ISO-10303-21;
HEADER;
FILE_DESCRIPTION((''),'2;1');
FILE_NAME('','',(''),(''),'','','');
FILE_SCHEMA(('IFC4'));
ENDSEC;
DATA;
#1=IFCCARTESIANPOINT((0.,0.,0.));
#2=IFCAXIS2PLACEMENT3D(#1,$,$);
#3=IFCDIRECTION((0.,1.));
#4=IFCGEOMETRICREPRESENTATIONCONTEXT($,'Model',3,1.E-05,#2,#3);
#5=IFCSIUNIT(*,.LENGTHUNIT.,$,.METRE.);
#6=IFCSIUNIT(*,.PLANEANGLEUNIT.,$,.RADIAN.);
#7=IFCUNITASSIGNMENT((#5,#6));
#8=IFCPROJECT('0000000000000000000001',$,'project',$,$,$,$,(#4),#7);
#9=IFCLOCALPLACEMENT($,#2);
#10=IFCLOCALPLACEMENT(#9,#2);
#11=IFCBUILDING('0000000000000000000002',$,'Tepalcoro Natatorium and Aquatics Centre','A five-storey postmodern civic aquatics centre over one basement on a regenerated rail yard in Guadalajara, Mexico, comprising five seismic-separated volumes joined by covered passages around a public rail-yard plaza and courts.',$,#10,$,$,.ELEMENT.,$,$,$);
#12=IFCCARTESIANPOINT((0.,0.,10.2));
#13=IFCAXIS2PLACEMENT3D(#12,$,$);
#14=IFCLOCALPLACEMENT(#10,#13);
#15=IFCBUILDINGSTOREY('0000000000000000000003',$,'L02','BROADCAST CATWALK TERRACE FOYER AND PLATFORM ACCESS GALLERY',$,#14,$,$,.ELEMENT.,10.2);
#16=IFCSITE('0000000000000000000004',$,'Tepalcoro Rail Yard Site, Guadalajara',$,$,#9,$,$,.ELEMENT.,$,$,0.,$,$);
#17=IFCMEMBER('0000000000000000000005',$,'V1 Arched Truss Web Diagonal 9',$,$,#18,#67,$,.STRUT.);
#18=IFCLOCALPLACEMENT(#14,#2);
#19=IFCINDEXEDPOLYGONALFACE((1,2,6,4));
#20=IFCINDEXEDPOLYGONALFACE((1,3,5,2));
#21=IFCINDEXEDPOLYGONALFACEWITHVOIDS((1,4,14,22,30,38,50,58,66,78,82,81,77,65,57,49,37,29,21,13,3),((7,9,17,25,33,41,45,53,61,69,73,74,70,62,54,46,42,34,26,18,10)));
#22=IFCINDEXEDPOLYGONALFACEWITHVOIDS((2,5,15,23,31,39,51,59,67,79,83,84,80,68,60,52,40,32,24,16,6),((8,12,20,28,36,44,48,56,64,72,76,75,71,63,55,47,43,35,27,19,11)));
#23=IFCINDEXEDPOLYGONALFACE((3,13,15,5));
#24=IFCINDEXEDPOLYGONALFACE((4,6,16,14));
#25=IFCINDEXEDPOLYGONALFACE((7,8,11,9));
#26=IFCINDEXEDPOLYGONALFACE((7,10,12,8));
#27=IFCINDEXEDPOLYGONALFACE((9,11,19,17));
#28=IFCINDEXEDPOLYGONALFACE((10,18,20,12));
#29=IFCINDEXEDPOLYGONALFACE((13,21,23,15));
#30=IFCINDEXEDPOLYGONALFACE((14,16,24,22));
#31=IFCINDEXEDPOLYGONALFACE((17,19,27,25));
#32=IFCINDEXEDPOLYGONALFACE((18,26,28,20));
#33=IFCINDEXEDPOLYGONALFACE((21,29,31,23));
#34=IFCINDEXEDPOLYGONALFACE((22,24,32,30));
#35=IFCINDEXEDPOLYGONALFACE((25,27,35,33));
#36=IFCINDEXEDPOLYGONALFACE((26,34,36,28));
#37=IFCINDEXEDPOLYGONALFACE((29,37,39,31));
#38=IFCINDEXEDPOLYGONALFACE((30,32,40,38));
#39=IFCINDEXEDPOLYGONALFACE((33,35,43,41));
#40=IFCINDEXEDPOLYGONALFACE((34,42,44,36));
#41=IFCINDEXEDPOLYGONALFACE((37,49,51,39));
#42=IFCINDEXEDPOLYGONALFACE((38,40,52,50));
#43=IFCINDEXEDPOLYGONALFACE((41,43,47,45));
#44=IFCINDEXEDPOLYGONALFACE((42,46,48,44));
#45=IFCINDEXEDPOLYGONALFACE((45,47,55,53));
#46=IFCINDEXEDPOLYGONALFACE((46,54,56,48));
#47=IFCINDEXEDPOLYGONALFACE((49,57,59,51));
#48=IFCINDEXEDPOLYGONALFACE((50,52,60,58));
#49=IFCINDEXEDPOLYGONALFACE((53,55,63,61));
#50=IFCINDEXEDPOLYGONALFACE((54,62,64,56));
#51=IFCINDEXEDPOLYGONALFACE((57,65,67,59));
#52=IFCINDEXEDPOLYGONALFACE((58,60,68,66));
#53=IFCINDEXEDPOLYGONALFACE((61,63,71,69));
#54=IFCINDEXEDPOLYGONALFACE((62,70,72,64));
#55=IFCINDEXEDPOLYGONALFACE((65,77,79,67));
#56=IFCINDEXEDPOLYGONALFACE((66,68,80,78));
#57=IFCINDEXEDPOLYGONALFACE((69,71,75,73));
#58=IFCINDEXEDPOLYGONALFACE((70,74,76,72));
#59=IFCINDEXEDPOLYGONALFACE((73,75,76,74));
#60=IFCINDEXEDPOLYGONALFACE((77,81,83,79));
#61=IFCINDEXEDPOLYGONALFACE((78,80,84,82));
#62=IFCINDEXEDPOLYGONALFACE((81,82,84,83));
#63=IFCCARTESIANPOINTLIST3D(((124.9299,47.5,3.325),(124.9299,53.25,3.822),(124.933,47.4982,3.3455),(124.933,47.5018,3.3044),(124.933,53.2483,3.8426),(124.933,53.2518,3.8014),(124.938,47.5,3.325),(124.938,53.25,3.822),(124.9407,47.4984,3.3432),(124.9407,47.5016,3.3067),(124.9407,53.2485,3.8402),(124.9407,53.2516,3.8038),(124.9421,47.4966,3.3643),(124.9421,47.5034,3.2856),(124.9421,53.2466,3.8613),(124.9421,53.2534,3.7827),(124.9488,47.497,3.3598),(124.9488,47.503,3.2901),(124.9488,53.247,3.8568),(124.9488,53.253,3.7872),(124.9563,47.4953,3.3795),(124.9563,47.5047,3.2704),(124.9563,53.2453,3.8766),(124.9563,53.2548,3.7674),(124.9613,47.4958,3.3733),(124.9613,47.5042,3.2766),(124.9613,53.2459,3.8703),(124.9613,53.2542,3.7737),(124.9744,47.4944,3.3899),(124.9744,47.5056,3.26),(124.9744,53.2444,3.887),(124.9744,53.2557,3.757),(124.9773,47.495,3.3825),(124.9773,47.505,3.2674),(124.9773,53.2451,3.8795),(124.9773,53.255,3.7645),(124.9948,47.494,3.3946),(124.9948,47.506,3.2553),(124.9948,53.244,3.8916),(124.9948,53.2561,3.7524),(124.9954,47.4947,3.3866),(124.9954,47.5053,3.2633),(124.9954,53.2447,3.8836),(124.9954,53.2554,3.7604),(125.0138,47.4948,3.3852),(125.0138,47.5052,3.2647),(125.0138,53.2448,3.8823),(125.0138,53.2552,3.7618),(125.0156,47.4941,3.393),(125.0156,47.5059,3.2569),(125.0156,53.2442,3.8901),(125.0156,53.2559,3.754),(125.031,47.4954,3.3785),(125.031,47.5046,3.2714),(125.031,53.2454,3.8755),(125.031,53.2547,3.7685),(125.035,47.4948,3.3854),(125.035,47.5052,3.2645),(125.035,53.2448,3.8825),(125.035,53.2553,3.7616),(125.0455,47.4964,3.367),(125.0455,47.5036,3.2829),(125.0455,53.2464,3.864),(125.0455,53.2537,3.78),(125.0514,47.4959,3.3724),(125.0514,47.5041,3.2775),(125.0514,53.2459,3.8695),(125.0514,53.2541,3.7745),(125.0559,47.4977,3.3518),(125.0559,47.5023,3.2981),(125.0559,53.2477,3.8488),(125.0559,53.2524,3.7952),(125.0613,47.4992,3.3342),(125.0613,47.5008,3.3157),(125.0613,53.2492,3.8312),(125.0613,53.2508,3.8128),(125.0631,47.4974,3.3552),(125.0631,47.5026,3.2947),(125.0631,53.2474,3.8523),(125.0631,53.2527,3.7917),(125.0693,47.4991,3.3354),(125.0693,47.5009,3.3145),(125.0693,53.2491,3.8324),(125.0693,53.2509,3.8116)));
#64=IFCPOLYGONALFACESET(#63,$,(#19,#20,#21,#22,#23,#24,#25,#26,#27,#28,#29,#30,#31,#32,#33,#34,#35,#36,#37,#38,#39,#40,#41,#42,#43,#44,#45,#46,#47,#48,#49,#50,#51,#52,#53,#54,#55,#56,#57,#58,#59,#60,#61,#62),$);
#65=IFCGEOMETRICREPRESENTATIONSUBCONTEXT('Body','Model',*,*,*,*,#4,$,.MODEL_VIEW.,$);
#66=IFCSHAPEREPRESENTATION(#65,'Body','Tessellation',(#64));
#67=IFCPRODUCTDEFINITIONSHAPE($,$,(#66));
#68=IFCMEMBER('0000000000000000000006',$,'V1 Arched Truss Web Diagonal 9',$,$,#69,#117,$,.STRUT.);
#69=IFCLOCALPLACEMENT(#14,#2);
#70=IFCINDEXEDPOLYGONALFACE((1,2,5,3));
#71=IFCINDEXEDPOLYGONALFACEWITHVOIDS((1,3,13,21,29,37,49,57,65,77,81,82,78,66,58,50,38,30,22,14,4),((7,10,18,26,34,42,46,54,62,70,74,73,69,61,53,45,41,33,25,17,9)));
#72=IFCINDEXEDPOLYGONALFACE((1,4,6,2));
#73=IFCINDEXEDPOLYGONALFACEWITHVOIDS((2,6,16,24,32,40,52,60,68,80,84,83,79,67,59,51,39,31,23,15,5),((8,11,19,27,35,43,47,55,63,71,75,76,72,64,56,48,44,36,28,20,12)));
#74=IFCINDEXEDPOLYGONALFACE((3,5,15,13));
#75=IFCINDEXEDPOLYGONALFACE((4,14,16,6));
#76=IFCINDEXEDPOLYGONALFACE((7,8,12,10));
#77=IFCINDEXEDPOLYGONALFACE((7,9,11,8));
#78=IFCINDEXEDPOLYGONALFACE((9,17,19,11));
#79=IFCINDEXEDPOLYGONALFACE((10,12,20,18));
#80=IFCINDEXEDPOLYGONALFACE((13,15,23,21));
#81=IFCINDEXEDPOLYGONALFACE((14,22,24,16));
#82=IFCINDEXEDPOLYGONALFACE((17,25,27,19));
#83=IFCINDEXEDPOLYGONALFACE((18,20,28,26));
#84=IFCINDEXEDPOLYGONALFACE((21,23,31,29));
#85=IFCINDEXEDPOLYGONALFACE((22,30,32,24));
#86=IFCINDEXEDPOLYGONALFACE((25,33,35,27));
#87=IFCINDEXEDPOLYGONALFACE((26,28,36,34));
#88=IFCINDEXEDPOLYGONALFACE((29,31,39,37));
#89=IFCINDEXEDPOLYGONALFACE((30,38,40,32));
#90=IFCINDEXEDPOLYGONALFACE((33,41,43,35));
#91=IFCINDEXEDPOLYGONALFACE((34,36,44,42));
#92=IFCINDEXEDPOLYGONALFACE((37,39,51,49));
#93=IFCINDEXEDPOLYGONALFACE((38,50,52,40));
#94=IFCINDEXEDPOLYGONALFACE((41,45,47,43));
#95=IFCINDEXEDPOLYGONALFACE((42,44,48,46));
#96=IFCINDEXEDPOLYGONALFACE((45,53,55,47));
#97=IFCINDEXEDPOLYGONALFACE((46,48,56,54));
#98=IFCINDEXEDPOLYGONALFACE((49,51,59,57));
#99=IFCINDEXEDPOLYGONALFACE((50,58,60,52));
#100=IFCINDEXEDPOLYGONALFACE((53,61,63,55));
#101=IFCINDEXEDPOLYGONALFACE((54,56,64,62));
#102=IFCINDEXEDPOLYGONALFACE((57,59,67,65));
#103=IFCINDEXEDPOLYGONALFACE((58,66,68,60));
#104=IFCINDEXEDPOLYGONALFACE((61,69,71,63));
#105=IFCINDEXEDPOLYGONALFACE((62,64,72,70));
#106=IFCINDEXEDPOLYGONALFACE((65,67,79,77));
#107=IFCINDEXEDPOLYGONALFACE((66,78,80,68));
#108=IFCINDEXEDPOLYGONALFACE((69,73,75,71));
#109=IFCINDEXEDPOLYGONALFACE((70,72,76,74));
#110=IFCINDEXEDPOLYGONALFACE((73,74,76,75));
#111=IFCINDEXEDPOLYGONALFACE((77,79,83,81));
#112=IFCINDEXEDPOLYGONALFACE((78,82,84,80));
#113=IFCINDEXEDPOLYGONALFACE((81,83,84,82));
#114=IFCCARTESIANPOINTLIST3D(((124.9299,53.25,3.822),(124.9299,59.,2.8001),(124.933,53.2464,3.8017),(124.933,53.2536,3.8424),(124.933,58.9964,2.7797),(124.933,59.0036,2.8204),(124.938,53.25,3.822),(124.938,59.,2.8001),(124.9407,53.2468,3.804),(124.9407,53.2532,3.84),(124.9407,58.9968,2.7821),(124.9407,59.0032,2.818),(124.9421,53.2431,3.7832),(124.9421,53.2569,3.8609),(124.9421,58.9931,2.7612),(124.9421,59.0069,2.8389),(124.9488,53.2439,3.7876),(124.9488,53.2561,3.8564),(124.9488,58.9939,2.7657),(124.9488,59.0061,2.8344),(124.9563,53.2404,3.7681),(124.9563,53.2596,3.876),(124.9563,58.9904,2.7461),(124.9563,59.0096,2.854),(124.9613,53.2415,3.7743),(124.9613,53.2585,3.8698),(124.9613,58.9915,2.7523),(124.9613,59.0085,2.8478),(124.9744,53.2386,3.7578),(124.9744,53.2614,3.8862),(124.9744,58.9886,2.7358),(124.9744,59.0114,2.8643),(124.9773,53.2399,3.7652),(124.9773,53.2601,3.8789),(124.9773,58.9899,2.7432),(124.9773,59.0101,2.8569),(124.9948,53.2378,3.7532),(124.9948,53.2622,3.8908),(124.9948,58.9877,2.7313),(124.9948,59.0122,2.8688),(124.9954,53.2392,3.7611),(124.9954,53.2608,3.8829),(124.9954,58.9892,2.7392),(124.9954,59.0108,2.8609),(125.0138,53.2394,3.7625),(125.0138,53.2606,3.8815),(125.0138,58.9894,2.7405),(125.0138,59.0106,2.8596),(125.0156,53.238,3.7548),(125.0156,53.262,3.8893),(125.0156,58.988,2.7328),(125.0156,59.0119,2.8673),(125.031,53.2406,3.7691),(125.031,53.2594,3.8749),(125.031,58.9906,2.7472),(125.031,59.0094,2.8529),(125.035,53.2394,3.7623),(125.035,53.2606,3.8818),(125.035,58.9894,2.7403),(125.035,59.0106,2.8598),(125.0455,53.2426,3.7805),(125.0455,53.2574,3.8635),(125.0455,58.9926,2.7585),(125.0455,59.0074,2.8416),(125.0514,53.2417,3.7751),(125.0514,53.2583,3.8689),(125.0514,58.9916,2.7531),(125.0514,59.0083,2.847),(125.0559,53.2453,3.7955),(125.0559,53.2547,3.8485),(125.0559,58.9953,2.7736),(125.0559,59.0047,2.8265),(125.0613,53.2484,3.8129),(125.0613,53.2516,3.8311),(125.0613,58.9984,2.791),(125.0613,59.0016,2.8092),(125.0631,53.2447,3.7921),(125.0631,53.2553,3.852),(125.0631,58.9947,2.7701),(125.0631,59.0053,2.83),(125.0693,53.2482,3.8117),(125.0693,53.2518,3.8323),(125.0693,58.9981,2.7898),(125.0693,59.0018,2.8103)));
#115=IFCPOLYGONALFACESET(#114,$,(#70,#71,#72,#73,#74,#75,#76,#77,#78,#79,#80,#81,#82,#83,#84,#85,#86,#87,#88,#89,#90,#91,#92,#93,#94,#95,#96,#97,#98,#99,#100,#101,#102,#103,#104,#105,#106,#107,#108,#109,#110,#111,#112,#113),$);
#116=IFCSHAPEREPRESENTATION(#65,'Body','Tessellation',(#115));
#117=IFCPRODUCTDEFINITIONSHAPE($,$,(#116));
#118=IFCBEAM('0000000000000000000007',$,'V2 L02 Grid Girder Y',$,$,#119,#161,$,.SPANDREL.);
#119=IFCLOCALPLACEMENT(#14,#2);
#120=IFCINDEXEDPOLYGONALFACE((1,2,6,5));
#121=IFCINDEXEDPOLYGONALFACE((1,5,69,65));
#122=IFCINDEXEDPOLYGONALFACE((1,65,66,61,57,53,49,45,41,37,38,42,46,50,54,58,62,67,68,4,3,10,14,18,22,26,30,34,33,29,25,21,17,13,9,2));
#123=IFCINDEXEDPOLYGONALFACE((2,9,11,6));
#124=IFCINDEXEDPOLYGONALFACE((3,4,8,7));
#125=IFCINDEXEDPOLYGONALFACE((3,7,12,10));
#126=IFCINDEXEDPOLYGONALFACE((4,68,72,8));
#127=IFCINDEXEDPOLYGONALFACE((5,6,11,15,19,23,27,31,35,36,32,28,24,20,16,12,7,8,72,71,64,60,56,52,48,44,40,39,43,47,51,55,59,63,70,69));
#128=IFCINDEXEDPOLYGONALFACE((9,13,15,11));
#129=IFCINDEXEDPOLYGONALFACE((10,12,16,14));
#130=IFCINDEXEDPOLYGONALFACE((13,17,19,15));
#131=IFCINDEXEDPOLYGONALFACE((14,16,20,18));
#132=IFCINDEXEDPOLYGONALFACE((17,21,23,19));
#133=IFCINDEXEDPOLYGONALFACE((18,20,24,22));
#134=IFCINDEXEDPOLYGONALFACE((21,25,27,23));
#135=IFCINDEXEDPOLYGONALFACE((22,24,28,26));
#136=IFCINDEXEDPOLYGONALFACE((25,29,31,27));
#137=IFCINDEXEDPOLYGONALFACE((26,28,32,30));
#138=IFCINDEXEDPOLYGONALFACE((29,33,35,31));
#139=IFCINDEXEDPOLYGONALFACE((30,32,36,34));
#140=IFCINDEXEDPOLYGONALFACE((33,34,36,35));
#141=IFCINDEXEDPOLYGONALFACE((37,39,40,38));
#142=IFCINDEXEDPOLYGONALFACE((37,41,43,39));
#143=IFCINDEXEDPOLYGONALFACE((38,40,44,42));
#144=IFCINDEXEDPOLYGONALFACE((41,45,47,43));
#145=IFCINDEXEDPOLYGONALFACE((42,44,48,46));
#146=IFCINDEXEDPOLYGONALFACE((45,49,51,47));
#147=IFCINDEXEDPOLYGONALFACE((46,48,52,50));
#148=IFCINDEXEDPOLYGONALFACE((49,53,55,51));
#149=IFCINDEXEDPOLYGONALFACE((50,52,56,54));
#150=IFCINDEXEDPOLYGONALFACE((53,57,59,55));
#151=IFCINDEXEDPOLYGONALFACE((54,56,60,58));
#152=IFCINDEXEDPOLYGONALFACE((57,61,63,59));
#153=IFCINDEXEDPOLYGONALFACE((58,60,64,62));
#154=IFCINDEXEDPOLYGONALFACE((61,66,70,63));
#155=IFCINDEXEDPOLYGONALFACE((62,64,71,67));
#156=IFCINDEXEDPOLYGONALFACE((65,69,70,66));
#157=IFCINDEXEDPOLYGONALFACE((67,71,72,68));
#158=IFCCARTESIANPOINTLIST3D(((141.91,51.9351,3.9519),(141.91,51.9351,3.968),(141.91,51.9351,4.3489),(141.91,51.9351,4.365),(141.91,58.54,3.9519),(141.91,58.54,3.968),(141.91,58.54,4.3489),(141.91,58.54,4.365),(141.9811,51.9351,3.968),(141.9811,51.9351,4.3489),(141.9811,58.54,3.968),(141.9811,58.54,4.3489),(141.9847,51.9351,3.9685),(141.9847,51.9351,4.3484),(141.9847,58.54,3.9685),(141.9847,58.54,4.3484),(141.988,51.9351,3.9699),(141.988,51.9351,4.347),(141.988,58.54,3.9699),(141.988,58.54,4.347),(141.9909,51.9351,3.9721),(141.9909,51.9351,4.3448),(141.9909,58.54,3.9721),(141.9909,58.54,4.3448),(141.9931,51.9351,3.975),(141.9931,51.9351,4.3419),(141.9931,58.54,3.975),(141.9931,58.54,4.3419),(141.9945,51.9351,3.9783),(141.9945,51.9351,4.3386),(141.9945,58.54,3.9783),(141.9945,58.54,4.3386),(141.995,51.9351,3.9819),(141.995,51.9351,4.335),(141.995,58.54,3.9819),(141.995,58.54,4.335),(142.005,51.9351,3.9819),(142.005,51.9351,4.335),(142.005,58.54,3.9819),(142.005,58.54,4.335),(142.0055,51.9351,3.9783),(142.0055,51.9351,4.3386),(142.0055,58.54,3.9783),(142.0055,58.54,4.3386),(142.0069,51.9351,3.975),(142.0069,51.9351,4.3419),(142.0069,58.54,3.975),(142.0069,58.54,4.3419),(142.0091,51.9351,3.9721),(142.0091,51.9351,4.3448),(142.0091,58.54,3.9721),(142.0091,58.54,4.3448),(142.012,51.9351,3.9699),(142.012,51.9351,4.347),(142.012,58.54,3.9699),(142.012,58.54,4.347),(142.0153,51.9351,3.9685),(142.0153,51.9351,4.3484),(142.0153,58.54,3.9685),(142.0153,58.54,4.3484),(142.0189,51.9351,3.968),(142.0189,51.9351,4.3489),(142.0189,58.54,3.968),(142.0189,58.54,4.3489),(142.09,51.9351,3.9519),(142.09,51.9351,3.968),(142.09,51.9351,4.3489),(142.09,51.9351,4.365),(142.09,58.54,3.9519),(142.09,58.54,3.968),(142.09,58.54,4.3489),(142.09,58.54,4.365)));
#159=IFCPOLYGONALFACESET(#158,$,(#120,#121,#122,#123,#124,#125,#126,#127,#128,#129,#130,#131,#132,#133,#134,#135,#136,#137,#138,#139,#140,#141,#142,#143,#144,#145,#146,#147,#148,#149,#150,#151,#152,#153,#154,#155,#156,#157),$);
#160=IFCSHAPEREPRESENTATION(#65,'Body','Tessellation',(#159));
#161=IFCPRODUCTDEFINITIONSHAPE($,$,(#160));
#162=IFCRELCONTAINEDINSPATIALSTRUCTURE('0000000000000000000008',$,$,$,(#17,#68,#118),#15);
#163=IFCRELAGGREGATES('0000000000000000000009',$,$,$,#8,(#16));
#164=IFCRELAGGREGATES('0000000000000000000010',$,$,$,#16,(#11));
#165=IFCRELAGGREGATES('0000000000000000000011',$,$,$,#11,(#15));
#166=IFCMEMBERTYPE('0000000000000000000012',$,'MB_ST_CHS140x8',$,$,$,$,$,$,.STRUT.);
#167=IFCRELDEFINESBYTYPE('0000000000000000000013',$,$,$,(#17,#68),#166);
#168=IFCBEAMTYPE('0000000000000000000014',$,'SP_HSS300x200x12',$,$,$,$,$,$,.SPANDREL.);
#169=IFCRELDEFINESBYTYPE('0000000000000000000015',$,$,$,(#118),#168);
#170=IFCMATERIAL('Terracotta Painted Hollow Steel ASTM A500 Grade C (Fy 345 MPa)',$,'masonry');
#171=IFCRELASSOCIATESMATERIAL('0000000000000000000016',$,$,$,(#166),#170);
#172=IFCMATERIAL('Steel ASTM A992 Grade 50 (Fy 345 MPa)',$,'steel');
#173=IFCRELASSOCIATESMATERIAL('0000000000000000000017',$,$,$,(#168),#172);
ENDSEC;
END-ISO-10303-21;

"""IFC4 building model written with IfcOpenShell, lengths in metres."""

from ifc_helpers import new_model, si_unit, direction, frame, origin, origin_2d, place, context, subcontext, project, spatial, hollow_circle, i_section, extrude, material, material_profile, profile_set, type_object, element, save


model = new_model("IFC4")

# Units and contexts
model_context = context("Model", 3, precision=1e-05, world=origin(), true_north=direction((0.0, 1.0)))
body_context = subcontext(model_context, "Body", "Model", "MODEL_VIEW")
ifc_project = project(units=[si_unit("LENGTHUNIT", "METRE"), si_unit("PLANEANGLEUNIT", "RADIAN")], contexts=[model_context])

# Site, building, storey
site_placement = place(None, origin())
site = spatial("IfcSite", under=ifc_project, at=site_placement, Name="Tepalcoro Rail Yard Site, Guadalajara", CompositionType="ELEMENT", RefElevation=0.0)
building_placement = place(site_placement, origin())
building = spatial("IfcBuilding", under=site, at=building_placement, Name="Tepalcoro Natatorium and Aquatics Centre", Description="A five-storey postmodern civic aquatics centre over one basement on a regenerated rail yard in Guadalajara, Mexico, comprising five seismic-separated volumes joined by covered passages around a public rail-yard plaza and courts.", CompositionType="ELEMENT")
storey_placement = place(building_placement, frame((0.0, 0.0, 10.2)))
storey = spatial("IfcBuildingStorey", under=building, at=storey_placement, Name="L02", Description="BROADCAST CATWALK TERRACE FOYER AND PLATFORM ACCESS GALLERY", CompositionType="ELEMENT", Elevation=10.2)

# Shared definitions
ifc_material_1 = material(Name="Steel ASTM A992 Grade 50 (Fy 345 MPa)", Category="steel")

# Shared definitions
ifc_material_2 = material(Name="Terracotta Painted Hollow Steel ASTM A500 Grade C (Fy 345 MPa)", Category="masonry")

# Members
ifc_material_profile_1 = material_profile(ifc_material_2, hollow_circle(Radius=0.0701, WallThickness=0.0081, at=origin_2d()), Name="CHS140X8")
ifc_profile_set_1 = profile_set([ifc_material_profile_1], Name="Terracotta Painted Hollow Steel ASTM A500 Grade C (Fy 345 MPa)")
member_type_1 = type_object("IfcMemberType", Name="MB_ST_CHS140x8", PredefinedType="STRUT", material=ifc_profile_set_1)
member_1_placement = place(storey_placement, frame((125.0, 47.5, 3.325), z_axis=(0.0, 0.996284, 0.086126), x_axis=(-1.0, 0.0, 0.0)))
element("IfcMember", 1, at=member_1_placement, inside=storey, type_object=member_type_1, Name="V1 Arched Truss Web Diagonal 9", PredefinedType="STRUT", context=body_context, shape_type="SweptSolid", body=[
    extrude(hollow_circle(Radius=0.0701, WallThickness=0.0081, at=origin_2d()), origin(), (0.0, 0.0, 1.0), 5.7715),
])
member_2_placement = place(storey_placement, frame((125.0, 53.25, 3.822), z_axis=(0.0, 0.98457, -0.174992), x_axis=(-1.0, 0.0, 0.0)))
element("IfcMember", 2, at=member_2_placement, inside=storey, type_object=member_type_1, Name="V1 Arched Truss Web Diagonal 9", PredefinedType="STRUT", context=body_context, shape_type="SweptSolid", body=[
    extrude(hollow_circle(Radius=0.0701, WallThickness=0.0081, at=origin_2d()), origin(), (0.0, 0.0, 1.0), 5.8401),
])

# Beam
ifc_material_profile_2 = material_profile(ifc_material_1, i_section(OverallWidth=0.1799, OverallDepth=0.4131, WebThickness=0.01, FlangeThickness=0.0161, FilletRadius=0.0139, at=origin_2d()), Name="W16X50")
ifc_profile_set_2 = profile_set([ifc_material_profile_2], Name="Steel ASTM A992 Grade 50 (Fy 345 MPa)")
beam_type_1 = type_object("IfcBeamType", Name="SP_HSS300x200x12", PredefinedType="SPANDREL", material=ifc_profile_set_2)
beam_1_placement = place(storey_placement, frame((142.0, 51.9351, 4.1584), z_axis=(0.0, 1.0, 0.0), x_axis=(-1.0, 0.0, 0.0)))
element("IfcBeam", 3, at=beam_1_placement, inside=storey, type_object=beam_type_1, Name="V2 L02 Grid Girder Y", PredefinedType="SPANDREL", context=body_context, shape_type="SweptSolid", body=[
    extrude(i_section(OverallWidth=0.1799, OverallDepth=0.4131, WebThickness=0.01, FlangeThickness=0.0161, FilletRadius=0.0139, at=origin_2d()), origin(), (0.0, 0.0, 1.0), 6.605),
])

save(model, "model.ifc")
